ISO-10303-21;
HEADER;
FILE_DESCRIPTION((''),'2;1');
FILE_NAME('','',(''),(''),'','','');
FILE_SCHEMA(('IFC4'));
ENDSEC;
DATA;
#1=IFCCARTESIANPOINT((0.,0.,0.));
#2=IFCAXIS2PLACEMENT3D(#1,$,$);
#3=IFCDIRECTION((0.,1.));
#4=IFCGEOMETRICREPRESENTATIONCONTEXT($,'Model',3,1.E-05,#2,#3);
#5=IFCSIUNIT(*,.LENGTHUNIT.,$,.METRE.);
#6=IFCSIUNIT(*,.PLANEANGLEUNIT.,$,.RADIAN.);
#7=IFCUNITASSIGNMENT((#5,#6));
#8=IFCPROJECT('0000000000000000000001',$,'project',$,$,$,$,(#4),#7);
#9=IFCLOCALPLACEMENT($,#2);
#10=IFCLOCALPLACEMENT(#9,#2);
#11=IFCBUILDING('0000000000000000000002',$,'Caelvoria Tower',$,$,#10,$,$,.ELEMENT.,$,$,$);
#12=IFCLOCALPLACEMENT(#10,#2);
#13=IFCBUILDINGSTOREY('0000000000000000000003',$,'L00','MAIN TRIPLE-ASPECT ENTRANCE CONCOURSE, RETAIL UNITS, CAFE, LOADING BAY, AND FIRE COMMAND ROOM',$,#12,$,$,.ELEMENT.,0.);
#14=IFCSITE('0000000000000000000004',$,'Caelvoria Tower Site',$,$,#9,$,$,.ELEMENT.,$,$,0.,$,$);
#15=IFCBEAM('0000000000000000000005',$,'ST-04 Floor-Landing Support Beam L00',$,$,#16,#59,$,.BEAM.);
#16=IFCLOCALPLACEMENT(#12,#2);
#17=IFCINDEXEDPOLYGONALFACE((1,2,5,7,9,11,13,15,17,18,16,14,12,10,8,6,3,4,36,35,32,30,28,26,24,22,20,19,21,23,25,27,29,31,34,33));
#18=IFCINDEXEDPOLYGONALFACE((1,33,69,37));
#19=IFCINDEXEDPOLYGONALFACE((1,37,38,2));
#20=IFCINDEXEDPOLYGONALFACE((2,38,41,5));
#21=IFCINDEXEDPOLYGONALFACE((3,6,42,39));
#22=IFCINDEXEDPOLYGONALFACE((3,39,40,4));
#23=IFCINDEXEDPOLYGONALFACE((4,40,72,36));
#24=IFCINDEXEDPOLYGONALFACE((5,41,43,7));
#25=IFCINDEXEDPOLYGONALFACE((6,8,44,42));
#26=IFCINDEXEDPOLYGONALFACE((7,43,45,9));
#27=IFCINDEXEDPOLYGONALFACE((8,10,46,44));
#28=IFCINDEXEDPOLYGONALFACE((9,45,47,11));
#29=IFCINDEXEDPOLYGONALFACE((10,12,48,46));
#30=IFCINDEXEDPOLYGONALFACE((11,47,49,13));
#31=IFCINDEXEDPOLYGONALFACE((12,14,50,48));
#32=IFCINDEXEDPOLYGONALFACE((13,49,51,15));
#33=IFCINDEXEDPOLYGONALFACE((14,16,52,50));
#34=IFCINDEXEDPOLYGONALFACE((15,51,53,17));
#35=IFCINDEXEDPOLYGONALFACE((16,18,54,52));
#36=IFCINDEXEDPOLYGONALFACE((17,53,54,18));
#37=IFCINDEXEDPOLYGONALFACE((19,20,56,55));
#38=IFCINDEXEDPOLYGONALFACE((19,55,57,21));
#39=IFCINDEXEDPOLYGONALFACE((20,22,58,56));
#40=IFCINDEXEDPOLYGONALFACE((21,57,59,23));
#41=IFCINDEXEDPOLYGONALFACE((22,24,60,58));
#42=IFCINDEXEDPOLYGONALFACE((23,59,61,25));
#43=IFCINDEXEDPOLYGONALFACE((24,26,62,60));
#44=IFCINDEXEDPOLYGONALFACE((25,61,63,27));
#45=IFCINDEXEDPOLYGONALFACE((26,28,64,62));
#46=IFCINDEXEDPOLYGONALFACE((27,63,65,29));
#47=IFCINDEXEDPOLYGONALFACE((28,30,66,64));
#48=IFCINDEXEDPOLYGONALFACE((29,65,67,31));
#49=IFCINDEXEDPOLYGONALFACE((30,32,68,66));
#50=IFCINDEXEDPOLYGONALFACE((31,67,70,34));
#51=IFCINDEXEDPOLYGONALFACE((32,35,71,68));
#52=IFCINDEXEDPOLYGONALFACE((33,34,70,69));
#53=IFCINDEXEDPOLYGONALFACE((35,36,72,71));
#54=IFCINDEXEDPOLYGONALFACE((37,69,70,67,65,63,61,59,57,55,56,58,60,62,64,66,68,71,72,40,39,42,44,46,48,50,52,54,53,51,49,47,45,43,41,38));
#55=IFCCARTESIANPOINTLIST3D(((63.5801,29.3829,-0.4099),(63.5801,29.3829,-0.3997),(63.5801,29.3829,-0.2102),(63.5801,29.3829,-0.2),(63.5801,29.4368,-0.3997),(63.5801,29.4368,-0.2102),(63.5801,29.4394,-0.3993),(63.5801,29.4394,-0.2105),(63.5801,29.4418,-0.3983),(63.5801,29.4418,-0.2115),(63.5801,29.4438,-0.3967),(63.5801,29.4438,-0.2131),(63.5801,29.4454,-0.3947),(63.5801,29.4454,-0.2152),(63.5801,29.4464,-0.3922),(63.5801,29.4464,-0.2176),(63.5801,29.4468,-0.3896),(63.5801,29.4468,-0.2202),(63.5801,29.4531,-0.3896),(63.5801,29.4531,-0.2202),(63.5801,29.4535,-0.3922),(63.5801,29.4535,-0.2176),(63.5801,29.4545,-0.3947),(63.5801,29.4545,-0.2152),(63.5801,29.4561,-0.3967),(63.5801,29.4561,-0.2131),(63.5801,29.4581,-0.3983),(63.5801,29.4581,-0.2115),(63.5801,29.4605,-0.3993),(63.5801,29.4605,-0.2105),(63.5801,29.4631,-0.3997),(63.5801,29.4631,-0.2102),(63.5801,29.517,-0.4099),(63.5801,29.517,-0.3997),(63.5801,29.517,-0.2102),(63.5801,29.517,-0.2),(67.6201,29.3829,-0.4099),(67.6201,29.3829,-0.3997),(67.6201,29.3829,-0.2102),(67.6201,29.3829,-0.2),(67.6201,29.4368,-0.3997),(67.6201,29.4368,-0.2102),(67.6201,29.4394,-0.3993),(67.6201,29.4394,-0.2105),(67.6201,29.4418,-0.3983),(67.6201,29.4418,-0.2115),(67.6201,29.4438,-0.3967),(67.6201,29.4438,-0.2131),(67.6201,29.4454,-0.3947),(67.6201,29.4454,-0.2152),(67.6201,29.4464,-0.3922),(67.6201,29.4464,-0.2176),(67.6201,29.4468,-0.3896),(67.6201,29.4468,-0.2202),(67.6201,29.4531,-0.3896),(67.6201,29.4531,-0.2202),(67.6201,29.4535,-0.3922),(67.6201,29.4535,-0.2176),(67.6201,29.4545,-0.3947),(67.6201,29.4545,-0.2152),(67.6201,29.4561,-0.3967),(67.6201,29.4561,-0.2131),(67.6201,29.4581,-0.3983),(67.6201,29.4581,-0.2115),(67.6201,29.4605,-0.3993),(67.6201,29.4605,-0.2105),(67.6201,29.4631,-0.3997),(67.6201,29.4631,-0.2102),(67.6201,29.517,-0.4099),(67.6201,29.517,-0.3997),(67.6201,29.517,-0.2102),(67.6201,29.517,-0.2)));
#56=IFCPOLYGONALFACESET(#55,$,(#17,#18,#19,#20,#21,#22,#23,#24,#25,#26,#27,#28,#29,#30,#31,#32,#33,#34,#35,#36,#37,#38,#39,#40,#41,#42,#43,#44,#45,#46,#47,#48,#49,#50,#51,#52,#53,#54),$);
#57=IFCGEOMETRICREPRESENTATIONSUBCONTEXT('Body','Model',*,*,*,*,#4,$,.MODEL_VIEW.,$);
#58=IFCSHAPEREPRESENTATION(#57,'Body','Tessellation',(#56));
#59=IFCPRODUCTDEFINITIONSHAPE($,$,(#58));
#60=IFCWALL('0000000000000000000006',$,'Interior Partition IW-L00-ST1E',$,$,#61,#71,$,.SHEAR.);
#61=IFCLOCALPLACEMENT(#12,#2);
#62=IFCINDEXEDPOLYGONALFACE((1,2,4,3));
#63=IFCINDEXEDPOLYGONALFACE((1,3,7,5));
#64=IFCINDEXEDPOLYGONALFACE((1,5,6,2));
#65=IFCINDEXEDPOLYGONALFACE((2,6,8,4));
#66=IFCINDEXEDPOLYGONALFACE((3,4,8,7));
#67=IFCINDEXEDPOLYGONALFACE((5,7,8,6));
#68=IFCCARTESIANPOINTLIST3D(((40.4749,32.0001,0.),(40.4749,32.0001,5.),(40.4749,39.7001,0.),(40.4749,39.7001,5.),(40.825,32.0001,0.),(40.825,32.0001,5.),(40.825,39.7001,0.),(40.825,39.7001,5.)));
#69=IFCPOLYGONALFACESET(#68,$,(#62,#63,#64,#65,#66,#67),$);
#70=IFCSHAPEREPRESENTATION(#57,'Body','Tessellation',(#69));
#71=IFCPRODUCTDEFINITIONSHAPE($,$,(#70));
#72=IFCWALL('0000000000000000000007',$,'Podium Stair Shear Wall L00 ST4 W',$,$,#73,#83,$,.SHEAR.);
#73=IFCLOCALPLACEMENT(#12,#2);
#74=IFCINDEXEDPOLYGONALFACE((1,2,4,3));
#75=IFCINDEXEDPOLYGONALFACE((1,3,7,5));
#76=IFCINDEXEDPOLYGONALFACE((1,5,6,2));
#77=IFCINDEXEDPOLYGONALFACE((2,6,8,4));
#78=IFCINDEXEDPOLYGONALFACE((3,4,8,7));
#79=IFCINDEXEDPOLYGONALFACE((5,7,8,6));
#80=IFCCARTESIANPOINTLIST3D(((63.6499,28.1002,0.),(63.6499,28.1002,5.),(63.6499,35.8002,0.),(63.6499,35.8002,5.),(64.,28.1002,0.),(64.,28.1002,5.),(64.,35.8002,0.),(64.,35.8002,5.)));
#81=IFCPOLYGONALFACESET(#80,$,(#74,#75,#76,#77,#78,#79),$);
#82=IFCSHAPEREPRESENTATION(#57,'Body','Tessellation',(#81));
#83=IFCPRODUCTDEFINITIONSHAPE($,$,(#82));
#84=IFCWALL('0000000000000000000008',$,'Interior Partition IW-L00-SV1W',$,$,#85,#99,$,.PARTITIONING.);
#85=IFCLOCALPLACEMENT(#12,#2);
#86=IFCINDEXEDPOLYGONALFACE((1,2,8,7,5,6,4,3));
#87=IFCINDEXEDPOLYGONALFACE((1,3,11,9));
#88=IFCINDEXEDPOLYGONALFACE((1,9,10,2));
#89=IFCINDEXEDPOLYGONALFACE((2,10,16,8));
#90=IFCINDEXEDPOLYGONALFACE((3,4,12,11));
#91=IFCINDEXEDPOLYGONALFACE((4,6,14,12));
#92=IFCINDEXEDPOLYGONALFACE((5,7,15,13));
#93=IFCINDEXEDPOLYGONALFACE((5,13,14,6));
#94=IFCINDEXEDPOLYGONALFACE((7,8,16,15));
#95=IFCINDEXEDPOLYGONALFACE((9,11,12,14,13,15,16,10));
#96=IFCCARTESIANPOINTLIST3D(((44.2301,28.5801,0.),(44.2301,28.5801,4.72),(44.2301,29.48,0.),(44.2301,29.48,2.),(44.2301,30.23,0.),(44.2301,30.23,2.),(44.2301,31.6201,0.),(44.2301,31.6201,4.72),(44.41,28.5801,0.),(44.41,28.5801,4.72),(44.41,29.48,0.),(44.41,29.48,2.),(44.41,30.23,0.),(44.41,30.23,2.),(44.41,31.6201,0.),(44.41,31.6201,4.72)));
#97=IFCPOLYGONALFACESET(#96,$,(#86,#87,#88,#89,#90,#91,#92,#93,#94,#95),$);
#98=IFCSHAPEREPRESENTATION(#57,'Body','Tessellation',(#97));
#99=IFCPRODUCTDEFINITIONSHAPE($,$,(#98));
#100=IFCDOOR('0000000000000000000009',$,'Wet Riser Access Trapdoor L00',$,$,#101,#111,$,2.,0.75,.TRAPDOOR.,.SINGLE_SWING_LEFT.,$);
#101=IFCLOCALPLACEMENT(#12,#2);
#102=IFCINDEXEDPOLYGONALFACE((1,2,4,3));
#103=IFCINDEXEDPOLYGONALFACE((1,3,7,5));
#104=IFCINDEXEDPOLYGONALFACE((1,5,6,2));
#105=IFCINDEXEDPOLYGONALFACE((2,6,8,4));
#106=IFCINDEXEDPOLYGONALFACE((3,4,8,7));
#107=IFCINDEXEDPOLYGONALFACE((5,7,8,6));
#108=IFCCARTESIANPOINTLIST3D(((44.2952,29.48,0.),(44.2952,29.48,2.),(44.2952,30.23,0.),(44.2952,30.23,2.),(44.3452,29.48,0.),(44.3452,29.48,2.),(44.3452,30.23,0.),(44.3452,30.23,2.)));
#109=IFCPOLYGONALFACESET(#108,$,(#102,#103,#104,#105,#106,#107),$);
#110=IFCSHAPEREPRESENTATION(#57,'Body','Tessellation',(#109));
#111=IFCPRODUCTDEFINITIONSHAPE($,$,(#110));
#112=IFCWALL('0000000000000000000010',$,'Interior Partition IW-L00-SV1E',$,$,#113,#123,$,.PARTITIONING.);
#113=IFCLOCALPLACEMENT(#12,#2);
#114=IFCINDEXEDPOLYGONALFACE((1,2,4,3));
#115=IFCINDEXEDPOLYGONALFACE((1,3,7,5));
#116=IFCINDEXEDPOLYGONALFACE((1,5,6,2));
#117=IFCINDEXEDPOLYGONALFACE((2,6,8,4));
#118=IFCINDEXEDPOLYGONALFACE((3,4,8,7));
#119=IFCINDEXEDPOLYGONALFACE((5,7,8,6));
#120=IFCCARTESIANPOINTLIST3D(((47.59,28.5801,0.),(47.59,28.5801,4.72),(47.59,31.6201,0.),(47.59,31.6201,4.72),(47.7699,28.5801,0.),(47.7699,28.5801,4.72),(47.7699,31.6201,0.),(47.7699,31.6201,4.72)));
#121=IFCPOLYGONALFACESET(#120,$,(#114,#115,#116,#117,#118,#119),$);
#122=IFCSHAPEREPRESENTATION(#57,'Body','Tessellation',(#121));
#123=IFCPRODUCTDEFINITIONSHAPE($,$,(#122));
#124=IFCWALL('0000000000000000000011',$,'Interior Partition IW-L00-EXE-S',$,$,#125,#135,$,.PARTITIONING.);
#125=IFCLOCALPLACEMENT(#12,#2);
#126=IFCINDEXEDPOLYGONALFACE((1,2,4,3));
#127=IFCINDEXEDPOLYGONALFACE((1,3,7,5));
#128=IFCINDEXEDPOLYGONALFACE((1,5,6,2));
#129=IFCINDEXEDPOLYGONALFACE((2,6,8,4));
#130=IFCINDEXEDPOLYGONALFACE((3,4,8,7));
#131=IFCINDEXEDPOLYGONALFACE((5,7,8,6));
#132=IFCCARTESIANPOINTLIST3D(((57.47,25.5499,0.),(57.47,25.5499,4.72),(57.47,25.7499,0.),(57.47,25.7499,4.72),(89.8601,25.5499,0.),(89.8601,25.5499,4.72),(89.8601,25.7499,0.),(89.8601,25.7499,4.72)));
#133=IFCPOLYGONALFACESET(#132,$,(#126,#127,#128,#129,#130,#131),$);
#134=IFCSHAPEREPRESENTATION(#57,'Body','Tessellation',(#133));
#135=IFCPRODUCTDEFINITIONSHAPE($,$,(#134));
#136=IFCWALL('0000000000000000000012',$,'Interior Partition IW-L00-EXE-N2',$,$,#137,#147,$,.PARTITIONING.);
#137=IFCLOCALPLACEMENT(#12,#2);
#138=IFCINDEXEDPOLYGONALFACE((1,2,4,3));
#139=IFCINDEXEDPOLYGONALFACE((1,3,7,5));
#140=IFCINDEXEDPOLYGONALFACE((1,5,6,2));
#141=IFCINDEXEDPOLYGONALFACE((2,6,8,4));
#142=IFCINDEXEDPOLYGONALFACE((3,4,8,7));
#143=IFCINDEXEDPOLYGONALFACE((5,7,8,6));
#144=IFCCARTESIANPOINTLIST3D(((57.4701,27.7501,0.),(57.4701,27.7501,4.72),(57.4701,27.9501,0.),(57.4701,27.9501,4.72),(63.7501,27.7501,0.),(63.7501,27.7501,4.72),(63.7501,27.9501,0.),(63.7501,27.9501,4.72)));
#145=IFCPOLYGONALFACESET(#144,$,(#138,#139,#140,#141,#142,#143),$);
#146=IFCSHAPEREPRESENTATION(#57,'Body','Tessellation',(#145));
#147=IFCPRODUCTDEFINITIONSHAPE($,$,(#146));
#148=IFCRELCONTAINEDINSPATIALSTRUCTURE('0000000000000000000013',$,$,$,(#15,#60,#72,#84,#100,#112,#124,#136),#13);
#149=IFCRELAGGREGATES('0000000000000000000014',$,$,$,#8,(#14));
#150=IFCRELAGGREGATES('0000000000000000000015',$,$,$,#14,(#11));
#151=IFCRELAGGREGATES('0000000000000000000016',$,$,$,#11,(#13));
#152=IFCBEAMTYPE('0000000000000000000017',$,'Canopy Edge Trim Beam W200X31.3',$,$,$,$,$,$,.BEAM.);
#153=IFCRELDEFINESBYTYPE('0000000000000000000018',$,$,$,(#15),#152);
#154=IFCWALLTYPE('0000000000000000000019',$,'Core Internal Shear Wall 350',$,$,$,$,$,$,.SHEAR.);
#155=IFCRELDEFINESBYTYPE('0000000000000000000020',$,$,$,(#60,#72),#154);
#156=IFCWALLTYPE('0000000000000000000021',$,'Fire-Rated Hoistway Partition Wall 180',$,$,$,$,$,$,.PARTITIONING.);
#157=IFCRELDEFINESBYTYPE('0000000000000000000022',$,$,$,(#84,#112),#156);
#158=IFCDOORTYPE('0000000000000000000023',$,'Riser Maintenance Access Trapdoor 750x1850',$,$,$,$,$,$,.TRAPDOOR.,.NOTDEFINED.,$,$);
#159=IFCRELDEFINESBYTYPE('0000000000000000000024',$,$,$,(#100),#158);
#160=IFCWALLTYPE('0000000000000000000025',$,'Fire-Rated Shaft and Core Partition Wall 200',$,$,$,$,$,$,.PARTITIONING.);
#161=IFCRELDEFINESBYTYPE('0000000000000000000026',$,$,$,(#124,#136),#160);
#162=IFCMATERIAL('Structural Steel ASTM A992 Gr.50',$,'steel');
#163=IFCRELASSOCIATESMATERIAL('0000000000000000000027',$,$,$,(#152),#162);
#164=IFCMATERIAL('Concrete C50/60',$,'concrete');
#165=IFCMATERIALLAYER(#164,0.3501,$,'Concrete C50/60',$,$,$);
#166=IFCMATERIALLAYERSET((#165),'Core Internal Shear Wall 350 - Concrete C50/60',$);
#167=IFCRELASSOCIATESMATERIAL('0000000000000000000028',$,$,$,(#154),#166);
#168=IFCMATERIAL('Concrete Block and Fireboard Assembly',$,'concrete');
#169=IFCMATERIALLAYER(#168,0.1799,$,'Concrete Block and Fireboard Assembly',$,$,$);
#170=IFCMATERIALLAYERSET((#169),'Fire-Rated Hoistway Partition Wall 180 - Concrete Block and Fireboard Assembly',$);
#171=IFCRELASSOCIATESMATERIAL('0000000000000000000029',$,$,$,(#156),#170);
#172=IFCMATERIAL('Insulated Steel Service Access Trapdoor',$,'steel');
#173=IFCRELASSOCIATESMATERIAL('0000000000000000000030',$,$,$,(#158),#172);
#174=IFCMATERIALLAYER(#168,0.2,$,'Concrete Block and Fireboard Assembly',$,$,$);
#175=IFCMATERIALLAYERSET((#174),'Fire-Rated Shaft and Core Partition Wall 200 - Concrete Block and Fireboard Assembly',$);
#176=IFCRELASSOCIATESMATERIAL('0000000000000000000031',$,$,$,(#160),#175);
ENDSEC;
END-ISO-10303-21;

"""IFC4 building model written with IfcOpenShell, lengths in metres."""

from ifc_helpers import new_model, si_unit, direction, frame, frame_2d, origin, origin_2d, place, context, subcontext, project, spatial, rectangle, i_section, extrude, material, layer, layer_set, material_profile, profile_set, type_object, element, fill, save


model = new_model("IFC4")

# Units and contexts
model_context = context("Model", 3, precision=1e-05, world=origin(), true_north=direction((0.0, 1.0)))
body_context = subcontext(model_context, "Body", "Model", "MODEL_VIEW")
ifc_project = project(units=[si_unit("LENGTHUNIT", "METRE"), si_unit("PLANEANGLEUNIT", "RADIAN")], contexts=[model_context])

# Site, building, storey
site_placement = place(None, origin())
site = spatial("IfcSite", under=ifc_project, at=site_placement, Name="Caelvoria Tower Site", CompositionType="ELEMENT", RefElevation=0.0)
building_placement = place(site_placement, origin())
building = spatial("IfcBuilding", under=site, at=building_placement, Name="Caelvoria Tower", CompositionType="ELEMENT")
storey_placement = place(building_placement, origin())
storey = spatial("IfcBuildingStorey", under=building, at=storey_placement, Name="L00", Description="MAIN TRIPLE-ASPECT ENTRANCE CONCOURSE, RETAIL UNITS, CAFE, LOADING BAY, AND FIRE COMMAND ROOM", CompositionType="ELEMENT", Elevation=0.0)

# Beam
ifc_material_1 = material(Name="Structural Steel ASTM A992 Gr.50", Category="steel")
ifc_material_profile = material_profile(ifc_material_1, i_section(OverallWidth=0.134, OverallDepth=0.21, WebThickness=0.0063, FlangeThickness=0.0103, FilletRadius=0.01, at=origin_2d()), Name="Structural Steel ASTM A992 Gr.50")
ifc_profile_set = profile_set([ifc_material_profile], Name="W200X31.3 - Structural Steel ASTM A992 Gr.50")
beam_type = type_object("IfcBeamType", Name="Canopy Edge Trim Beam W200X31.3", PredefinedType="BEAM", material=ifc_profile_set)
beam_placement = place(storey_placement, frame((63.5801, 29.45, -0.3049), z_axis=(1.0, 0.0, 0.0), x_axis=(0.0, 1.0, 0.0)))
element("IfcBeam", 1, at=beam_placement, inside=storey, type_object=beam_type, Name="ST-04 Floor-Landing Support Beam L00", PredefinedType="BEAM", context=body_context, shape_type="SweptSolid", body=[
    extrude(i_section(OverallWidth=0.134, OverallDepth=0.21, WebThickness=0.0063, FlangeThickness=0.0103, FilletRadius=0.01, at=origin_2d()), origin(), (0.0, 0.0, 1.0), 4.04),
])

# Wall
ifc_material_2 = material(Name="Concrete C50/60", Category="concrete")
ifc_layer_1 = layer(ifc_material_2, 0.3501, Name="Concrete C50/60")
ifc_layer_set_1 = layer_set([ifc_layer_1], Name="Core Internal Shear Wall 350 - Concrete C50/60")
wall_type_1 = type_object("IfcWallType", Name="Core Internal Shear Wall 350", PredefinedType="SHEAR", material=ifc_layer_set_1)
wall_1_placement = place(storey_placement, frame((40.6499, 32.0, 0.0), z_axis=(0.0, 0.0, 1.0), x_axis=(0.0, 1.0, 0.0)))
element("IfcWall", 2, at=wall_1_placement, inside=storey, type_object=wall_type_1, Name="Interior Partition IW-L00-ST1E", PredefinedType="SHEAR", context=body_context, shape_type="SweptSolid", body=[
    extrude(rectangle(XDim=7.7, YDim=0.3501, at=frame_2d((3.8501, 0.0))), origin(), (0.0, 0.0, 1.0), 5.0),
])

# Wall
wall_2_placement = place(storey_placement, frame((63.825, 28.1001, 0.0), z_axis=(0.0, 0.0, 1.0), x_axis=(0.0, 1.0, 0.0)))
element("IfcWall", 3, at=wall_2_placement, inside=storey, type_object=wall_type_1, Name="Podium Stair Shear Wall L00 ST4 W", PredefinedType="SHEAR", context=body_context, shape_type="SweptSolid", body=[
    extrude(rectangle(XDim=7.7, YDim=0.3501, at=frame_2d((3.8501, 0.0))), origin(), (0.0, 0.0, 1.0), 5.0),
])

# Wall, opening, door
ifc_material_3 = material(Name="Concrete Block and Fireboard Assembly", Category="concrete")
ifc_layer_2 = layer(ifc_material_3, 0.1799, Name="Concrete Block and Fireboard Assembly")
ifc_layer_set_2 = layer_set([ifc_layer_2], Name="Fire-Rated Hoistway Partition Wall 180 - Concrete Block and Fireboard Assembly")
wall_type_2 = type_object("IfcWallType", Name="Fire-Rated Hoistway Partition Wall 180", PredefinedType="PARTITIONING", material=ifc_layer_set_2)
wall_3_placement = place(storey_placement, frame((44.3201, 28.5801, 0.0), z_axis=(0.0, 0.0, 1.0), x_axis=(0.0, 1.0, 0.0)))
wall_3 = element("IfcWall", 4, at=wall_3_placement, inside=storey, type_object=wall_type_2, Name="Interior Partition IW-L00-SV1W", PredefinedType="PARTITIONING", context=body_context, shape_type="SweptSolid", body=[
    extrude(rectangle(XDim=3.04, YDim=0.1799, at=frame_2d((1.52, 0.0))), origin(), (0.0, 0.0, 1.0), 4.72),
])
opening_1_placement = place(wall_3_placement, frame((0.8999, 0.0, 0.0)))
opening_1 = element("IfcOpeningElement", 5, at=opening_1_placement, cuts=wall_3, PredefinedType="OPENING", context=body_context, shape_type="SweptSolid", body=[
    extrude(rectangle(XDim=0.75, YDim=2.0, at=frame_2d((0.375, 1.0))), frame((0.0, 0.0999, 0.0), z_axis=(0.0, -1.0, 0.0), x_axis=(1.0, 0.0, 0.0)), (0.0, 0.0, 1.0), 0.2),
])
ifc_material_4 = material(Name="Insulated Steel Service Access Trapdoor", Category="steel")
door_type_1 = type_object("IfcDoorType", Name="Riser Maintenance Access Trapdoor 750x1850", OperationType="NOTDEFINED", PredefinedType="TRAPDOOR", material=ifc_material_4)
door_1_placement = place(opening_1_placement, origin())
door_1 = element("IfcDoor", 6, at=door_1_placement, inside=storey, type_object=door_type_1, Name="Wet Riser Access Trapdoor L00", OperationType="SINGLE_SWING_LEFT", OverallHeight=2.0, OverallWidth=0.75, PredefinedType="TRAPDOOR", context=body_context, shape_type="SweptSolid", body=[
    extrude(rectangle(XDim=0.75, YDim=2.0, at=frame_2d((0.375, 1.0))), frame((0.0, 0.0249, 0.0), z_axis=(0.0, -1.0, 0.0), x_axis=(1.0, 0.0, 0.0)), (0.0, 0.0, 1.0), 0.05),
])
fill(opening_1, door_1)

# Wall
wall_4_placement = place(storey_placement, frame((47.6799, 28.5801, 0.0), z_axis=(0.0, 0.0, 1.0), x_axis=(0.0, 1.0, 0.0)))
element("IfcWall", 7, at=wall_4_placement, inside=storey, type_object=wall_type_2, Name="Interior Partition IW-L00-SV1E", PredefinedType="PARTITIONING", context=body_context, shape_type="SweptSolid", body=[
    extrude(rectangle(XDim=3.04, YDim=0.1799, at=frame_2d((1.52, 0.0))), origin(), (0.0, 0.0, 1.0), 4.72),
])

# Shared definitions
ifc_layer_3 = layer(ifc_material_3, 0.2, Name="Concrete Block and Fireboard Assembly")
ifc_layer_set_3 = layer_set([ifc_layer_3], Name="Fire-Rated Shaft and Core Partition Wall 200 - Concrete Block and Fireboard Assembly")
wall_type_3 = type_object("IfcWallType", Name="Fire-Rated Shaft and Core Partition Wall 200", PredefinedType="PARTITIONING", material=ifc_layer_set_3)

# Walls
wall_5_placement = place(storey_placement, frame((57.47, 25.6499, 0.0), z_axis=(0.0, 0.0, 1.0), x_axis=(1.0, 0.0, 0.0)))
element("IfcWall", 8, at=wall_5_placement, inside=storey, type_object=wall_type_3, Name="Interior Partition IW-L00-EXE-S", PredefinedType="PARTITIONING", context=body_context, shape_type="SweptSolid", body=[
    extrude(rectangle(XDim=32.3901, YDim=0.2, at=frame_2d((16.1951, 0.0))), origin(), (0.0, 0.0, 1.0), 4.72),
])
wall_6_placement = place(storey_placement, frame((57.47, 27.8501, 0.0), z_axis=(0.0, 0.0, 1.0), x_axis=(1.0, 0.0, 0.0)))
element("IfcWall", 9, at=wall_6_placement, inside=storey, type_object=wall_type_3, Name="Interior Partition IW-L00-EXE-N2", PredefinedType="PARTITIONING", context=body_context, shape_type="SweptSolid", body=[
    extrude(rectangle(XDim=6.28, YDim=0.2, at=frame_2d((3.1401, 0.0))), origin(), (0.0, 0.0, 1.0), 4.72),
])

save(model, "model.ifc")
